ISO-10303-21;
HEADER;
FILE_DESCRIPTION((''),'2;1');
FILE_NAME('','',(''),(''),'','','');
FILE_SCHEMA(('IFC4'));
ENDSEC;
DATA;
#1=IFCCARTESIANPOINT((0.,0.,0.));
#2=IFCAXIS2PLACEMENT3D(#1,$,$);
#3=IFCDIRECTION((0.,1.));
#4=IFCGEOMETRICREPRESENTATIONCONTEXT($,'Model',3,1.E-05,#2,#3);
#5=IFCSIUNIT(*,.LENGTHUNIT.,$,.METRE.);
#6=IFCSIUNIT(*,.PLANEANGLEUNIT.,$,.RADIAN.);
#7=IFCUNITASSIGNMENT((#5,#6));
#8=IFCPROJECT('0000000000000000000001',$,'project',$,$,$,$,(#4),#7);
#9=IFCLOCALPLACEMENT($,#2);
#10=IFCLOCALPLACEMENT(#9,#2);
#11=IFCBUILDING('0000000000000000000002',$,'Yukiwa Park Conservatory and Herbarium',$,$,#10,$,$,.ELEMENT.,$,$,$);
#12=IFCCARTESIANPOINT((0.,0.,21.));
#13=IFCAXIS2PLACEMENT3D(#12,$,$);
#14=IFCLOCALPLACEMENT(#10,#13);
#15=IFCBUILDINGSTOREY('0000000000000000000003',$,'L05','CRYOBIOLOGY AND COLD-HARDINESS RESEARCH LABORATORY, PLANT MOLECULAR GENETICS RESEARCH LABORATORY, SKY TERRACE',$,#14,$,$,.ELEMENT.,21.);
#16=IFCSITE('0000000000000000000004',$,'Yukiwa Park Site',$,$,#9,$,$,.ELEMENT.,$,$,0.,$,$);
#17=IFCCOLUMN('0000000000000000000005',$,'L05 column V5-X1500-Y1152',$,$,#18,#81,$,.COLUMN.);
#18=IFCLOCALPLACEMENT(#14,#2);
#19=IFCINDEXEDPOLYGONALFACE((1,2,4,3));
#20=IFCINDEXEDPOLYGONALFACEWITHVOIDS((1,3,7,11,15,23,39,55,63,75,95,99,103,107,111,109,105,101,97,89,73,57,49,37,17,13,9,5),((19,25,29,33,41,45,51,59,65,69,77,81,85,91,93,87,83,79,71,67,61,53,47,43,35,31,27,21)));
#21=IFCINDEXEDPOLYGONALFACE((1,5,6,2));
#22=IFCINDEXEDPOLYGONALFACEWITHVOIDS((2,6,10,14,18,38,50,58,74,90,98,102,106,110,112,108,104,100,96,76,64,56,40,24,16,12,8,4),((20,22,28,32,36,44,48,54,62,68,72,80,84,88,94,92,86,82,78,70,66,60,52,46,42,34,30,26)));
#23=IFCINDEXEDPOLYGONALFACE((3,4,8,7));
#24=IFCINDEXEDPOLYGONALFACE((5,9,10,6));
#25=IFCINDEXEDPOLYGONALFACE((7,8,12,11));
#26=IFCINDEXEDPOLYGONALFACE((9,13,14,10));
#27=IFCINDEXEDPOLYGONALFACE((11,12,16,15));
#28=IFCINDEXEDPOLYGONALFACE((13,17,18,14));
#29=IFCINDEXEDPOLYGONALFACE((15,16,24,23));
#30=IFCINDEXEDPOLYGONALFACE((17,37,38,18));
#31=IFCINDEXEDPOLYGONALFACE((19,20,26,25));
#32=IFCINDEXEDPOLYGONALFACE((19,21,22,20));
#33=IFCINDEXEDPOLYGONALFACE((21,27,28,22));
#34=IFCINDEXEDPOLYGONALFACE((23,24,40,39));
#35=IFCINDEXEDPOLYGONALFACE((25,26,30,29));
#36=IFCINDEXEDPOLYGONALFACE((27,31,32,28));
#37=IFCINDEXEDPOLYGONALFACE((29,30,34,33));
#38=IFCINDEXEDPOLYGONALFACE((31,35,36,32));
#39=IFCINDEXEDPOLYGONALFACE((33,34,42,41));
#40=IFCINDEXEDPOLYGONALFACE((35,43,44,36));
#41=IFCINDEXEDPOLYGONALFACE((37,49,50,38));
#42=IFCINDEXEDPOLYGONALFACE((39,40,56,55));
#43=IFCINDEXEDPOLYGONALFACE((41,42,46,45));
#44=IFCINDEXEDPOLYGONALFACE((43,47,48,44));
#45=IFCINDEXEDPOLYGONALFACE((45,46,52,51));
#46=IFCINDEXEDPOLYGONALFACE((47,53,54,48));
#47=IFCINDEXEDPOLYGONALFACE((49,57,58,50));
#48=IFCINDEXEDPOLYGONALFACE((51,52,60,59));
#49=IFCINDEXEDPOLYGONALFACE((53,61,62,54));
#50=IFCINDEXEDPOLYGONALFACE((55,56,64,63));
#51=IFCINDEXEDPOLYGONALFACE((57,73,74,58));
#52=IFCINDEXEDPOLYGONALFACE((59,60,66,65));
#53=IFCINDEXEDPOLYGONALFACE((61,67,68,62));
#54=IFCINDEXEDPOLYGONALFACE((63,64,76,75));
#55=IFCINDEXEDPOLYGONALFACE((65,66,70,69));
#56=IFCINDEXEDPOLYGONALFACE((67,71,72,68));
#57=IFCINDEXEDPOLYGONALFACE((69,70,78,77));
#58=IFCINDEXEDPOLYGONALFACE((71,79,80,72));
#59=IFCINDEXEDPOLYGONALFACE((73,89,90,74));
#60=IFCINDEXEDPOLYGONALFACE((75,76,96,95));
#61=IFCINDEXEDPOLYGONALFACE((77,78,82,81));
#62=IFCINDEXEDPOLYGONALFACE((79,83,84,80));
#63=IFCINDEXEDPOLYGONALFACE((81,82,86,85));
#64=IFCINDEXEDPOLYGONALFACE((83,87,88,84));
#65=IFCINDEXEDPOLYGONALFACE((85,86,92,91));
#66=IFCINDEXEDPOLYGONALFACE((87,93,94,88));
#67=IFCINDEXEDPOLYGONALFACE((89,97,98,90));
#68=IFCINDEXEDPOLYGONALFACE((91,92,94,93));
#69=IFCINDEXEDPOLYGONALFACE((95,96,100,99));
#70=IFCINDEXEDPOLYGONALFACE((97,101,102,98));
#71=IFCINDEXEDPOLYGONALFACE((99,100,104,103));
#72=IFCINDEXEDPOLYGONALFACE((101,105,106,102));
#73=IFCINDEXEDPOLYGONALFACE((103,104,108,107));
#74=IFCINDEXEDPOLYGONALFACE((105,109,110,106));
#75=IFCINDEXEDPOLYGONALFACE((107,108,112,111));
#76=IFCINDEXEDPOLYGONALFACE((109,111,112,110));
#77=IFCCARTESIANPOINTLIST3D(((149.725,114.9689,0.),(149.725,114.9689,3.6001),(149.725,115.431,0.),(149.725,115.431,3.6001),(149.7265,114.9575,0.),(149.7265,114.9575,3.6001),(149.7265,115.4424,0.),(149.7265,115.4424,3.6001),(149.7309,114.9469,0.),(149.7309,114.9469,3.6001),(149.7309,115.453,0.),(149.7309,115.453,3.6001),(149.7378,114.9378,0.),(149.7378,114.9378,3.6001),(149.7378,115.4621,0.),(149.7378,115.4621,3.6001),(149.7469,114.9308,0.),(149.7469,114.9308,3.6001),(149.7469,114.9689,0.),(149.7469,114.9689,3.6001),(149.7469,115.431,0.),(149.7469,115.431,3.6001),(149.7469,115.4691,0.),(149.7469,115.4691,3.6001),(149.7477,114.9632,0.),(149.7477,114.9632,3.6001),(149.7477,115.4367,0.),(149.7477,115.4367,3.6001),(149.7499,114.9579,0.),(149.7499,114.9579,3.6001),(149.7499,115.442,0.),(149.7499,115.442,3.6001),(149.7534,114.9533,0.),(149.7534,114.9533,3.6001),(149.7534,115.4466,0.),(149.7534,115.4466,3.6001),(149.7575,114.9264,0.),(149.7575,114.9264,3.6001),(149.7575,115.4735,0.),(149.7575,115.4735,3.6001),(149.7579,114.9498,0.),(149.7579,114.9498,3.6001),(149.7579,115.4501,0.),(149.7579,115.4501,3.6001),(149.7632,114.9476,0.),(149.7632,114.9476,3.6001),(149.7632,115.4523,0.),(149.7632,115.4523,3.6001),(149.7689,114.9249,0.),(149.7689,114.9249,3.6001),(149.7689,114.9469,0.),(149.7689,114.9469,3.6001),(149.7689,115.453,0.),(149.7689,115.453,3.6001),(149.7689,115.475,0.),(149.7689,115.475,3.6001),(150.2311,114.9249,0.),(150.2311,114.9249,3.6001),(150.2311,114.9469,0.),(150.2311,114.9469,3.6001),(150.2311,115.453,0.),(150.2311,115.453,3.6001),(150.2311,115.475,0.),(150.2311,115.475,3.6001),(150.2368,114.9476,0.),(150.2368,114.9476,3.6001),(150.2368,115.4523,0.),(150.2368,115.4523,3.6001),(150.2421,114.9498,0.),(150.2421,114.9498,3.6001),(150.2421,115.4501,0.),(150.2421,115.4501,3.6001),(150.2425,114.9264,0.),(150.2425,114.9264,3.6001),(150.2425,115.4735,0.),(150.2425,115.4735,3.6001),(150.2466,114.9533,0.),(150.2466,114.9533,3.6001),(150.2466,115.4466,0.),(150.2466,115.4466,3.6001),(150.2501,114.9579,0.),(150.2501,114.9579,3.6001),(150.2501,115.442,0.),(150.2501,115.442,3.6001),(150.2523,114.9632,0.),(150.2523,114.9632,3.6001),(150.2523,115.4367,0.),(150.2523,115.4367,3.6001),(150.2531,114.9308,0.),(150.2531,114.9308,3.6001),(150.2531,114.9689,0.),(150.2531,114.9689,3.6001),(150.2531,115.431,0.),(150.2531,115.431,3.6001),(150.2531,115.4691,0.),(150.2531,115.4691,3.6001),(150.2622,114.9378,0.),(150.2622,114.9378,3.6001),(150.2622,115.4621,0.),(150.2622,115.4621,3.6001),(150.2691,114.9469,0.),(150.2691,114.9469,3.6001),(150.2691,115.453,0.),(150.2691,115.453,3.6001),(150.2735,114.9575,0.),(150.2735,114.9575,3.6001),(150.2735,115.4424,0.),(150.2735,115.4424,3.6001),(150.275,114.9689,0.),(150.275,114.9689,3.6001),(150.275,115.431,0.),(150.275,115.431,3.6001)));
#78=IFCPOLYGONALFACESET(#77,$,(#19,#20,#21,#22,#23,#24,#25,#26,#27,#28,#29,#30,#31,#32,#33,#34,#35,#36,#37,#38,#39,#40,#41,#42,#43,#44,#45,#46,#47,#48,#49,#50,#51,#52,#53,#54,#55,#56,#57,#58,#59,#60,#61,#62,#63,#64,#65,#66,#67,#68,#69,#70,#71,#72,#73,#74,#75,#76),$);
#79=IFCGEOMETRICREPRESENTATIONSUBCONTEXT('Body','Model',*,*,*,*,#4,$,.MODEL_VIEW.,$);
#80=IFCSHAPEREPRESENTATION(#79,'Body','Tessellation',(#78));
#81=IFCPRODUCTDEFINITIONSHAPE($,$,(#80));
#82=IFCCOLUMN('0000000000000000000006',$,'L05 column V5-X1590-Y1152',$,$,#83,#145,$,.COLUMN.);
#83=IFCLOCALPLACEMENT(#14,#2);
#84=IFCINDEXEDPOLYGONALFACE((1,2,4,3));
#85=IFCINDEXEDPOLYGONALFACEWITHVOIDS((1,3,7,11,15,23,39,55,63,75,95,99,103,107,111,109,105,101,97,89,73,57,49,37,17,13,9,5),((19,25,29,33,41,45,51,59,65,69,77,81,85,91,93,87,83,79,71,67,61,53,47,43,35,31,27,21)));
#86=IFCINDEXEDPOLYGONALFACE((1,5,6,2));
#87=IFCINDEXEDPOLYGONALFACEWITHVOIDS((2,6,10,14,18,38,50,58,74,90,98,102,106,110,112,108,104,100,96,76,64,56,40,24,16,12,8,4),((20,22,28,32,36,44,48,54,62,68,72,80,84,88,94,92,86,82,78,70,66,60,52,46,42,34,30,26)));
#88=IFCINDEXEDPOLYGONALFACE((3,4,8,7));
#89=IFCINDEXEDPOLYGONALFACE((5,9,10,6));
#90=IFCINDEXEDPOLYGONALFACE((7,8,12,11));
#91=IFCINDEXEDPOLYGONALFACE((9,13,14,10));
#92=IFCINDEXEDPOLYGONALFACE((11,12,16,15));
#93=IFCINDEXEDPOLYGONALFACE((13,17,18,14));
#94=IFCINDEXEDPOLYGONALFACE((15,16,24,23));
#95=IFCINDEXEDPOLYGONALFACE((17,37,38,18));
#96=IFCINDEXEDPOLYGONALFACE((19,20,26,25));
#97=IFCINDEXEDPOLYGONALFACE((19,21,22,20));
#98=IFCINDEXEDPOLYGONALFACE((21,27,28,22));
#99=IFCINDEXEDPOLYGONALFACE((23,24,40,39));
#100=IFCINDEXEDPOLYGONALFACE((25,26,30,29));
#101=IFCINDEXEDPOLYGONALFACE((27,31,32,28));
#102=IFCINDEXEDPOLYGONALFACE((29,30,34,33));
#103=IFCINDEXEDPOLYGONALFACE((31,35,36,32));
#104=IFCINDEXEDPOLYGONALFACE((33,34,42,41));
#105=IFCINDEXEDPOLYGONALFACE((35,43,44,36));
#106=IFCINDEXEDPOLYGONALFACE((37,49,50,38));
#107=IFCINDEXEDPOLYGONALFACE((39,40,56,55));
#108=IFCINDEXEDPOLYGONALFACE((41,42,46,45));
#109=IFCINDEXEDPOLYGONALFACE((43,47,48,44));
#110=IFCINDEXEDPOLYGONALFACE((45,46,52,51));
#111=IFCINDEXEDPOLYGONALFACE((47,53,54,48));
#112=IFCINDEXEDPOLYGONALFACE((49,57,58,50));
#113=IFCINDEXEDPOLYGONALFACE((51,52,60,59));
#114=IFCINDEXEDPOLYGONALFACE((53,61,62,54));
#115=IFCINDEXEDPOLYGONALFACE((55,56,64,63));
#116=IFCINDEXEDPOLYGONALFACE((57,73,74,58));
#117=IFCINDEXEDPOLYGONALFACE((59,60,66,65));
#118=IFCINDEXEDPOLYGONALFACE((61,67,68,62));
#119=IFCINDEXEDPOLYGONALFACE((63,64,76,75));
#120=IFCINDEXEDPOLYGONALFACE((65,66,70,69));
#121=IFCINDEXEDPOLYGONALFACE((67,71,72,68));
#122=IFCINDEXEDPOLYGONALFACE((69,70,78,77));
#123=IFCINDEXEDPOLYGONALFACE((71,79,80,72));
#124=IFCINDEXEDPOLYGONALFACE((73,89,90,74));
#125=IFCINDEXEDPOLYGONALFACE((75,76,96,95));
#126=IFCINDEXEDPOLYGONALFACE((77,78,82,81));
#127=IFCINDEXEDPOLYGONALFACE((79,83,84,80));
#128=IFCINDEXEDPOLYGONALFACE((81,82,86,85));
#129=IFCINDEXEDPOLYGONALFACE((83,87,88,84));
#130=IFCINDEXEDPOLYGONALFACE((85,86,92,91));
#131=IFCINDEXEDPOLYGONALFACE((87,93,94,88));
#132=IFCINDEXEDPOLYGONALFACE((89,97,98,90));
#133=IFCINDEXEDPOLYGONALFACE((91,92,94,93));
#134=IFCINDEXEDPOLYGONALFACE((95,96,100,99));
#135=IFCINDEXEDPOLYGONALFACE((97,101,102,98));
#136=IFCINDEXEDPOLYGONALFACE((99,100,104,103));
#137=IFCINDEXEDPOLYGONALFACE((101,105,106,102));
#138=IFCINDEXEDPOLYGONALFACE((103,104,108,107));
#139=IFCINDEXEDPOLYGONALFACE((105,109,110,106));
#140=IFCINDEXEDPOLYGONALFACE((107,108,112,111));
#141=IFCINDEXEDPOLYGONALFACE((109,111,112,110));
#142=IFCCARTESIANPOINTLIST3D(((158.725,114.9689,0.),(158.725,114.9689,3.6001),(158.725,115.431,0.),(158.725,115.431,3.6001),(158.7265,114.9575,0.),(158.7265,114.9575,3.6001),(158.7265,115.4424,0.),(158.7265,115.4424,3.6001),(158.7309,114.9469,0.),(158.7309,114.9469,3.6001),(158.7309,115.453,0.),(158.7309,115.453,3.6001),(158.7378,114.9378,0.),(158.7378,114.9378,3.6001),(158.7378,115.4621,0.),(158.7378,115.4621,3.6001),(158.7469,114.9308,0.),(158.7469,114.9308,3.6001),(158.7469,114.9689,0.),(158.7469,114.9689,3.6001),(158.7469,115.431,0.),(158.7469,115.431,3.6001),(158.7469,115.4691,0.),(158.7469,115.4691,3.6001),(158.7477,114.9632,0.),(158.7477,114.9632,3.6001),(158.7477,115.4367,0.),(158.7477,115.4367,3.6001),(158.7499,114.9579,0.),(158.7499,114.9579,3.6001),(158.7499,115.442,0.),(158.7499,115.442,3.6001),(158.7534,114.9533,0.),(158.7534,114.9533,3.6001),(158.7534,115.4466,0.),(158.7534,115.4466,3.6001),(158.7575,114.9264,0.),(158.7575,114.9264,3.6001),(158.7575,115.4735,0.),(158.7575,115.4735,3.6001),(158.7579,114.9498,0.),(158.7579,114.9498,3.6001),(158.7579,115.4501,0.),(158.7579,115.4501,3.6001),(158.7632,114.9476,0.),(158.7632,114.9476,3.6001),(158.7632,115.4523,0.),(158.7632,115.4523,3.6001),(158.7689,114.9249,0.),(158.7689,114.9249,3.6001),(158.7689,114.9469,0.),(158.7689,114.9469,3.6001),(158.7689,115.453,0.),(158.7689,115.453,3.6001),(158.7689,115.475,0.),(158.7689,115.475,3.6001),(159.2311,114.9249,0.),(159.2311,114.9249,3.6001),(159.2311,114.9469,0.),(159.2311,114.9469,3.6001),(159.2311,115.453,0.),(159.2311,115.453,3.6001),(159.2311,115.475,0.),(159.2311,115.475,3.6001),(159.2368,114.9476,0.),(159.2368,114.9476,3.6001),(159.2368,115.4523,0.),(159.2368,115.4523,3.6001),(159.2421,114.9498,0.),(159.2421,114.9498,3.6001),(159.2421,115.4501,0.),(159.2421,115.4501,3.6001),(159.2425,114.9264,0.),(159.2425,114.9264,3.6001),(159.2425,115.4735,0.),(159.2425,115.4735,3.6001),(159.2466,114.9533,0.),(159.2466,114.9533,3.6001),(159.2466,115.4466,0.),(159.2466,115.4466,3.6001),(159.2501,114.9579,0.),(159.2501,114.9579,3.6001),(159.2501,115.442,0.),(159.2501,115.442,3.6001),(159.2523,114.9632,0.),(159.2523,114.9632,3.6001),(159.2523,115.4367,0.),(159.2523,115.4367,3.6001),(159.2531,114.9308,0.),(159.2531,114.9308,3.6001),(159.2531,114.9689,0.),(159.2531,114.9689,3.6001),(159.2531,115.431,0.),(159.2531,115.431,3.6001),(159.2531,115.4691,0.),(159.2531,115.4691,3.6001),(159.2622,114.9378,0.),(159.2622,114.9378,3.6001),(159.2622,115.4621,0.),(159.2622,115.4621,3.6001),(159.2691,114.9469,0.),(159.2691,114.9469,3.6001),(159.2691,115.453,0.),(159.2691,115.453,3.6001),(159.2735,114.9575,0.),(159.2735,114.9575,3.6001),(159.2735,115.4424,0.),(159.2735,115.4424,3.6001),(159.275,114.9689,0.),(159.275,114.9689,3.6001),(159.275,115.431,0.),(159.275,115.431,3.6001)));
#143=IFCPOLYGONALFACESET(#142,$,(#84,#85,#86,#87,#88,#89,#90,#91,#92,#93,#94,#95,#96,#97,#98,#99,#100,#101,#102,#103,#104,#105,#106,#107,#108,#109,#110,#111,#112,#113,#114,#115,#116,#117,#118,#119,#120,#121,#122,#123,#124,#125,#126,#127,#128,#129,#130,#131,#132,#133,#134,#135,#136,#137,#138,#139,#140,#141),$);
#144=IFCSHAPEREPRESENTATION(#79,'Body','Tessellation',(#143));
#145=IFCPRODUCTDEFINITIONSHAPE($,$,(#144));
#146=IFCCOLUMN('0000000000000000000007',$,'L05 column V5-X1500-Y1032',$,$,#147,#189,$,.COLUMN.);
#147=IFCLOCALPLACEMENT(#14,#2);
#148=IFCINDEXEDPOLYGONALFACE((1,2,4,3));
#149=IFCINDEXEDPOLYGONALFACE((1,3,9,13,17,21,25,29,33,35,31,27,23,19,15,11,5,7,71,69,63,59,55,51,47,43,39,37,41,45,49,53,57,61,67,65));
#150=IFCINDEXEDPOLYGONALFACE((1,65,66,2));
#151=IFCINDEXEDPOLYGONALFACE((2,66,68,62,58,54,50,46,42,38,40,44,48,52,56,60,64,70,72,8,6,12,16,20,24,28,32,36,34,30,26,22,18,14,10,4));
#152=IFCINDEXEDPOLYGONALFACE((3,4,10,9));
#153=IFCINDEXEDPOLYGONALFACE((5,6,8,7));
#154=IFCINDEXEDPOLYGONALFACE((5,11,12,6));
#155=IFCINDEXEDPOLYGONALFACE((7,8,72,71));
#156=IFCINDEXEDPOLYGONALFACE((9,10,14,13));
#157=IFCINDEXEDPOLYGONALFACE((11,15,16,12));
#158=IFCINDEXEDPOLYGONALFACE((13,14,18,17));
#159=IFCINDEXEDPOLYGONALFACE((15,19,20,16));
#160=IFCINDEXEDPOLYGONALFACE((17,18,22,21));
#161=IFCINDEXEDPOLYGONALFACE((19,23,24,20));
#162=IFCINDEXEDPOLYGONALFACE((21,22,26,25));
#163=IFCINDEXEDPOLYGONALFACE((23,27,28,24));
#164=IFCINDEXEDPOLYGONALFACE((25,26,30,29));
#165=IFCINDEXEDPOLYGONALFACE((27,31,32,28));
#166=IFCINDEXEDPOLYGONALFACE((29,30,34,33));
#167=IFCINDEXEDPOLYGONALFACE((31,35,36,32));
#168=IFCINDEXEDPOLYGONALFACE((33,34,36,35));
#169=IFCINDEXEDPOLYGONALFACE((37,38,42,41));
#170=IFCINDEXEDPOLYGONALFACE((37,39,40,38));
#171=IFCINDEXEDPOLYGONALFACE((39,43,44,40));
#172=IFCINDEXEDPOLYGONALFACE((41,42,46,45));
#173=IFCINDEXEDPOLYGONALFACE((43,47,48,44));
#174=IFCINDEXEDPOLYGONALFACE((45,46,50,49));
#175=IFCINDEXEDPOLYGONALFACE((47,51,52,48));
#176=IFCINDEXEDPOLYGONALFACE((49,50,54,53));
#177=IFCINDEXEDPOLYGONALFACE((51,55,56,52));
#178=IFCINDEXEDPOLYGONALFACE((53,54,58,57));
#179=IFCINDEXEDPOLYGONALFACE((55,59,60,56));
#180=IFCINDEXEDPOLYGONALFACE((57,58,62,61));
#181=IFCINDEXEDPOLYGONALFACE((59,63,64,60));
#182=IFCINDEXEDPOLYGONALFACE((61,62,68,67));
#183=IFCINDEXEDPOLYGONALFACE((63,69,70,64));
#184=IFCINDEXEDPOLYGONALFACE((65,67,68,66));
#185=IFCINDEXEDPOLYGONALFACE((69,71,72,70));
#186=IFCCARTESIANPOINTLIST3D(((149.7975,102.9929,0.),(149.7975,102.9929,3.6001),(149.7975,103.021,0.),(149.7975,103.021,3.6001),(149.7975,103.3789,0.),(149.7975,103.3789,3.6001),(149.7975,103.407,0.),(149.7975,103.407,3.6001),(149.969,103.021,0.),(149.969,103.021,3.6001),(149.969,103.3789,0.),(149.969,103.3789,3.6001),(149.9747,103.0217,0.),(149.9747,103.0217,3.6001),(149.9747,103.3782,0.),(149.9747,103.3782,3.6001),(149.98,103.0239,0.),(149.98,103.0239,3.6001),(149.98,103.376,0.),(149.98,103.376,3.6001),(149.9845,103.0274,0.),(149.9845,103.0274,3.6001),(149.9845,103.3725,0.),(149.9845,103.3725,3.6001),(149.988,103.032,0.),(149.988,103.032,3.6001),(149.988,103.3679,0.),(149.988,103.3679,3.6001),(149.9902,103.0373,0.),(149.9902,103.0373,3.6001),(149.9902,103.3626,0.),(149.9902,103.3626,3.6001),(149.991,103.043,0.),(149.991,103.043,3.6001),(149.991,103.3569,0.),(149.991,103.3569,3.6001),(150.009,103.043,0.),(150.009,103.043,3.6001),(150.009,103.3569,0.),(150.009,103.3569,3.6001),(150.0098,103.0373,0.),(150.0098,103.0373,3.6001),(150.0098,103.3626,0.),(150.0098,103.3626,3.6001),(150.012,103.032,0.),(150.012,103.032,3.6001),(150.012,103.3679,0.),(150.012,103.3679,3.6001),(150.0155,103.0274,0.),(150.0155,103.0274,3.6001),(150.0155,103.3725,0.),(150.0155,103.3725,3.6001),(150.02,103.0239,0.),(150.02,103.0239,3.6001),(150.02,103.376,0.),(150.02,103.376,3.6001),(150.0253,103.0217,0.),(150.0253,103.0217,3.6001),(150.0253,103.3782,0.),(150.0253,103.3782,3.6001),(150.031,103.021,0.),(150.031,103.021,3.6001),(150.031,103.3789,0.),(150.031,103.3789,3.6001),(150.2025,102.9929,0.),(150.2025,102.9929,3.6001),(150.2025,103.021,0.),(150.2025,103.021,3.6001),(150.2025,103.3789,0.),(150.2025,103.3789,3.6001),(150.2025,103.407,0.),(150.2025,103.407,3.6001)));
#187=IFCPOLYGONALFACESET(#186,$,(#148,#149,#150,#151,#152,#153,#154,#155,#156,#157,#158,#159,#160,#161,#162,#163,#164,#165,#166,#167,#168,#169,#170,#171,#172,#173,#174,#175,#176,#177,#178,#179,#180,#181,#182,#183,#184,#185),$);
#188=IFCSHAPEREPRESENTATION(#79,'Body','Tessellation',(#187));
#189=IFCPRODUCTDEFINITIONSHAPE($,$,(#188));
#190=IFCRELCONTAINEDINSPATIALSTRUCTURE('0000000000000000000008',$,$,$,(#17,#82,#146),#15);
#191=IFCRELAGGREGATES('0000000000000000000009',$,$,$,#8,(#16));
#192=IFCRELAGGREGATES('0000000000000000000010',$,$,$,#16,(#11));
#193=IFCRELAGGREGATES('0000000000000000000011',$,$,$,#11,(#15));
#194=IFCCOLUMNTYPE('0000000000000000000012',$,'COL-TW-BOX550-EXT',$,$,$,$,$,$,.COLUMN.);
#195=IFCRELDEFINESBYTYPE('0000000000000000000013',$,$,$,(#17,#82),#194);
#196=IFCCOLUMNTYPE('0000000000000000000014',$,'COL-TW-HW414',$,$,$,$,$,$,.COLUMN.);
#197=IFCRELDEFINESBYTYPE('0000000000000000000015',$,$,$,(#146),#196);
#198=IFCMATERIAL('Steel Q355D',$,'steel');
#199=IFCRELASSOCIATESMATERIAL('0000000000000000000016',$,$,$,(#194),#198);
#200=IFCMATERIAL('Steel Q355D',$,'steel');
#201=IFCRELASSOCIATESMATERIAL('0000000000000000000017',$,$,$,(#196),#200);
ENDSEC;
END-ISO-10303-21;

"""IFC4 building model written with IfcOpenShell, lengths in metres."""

from ifc_helpers import new_model, si_unit, direction, frame, origin, origin_2d, place, context, subcontext, project, spatial, hollow_rectangle, i_section, extrude, material, material_profile, profile_set, type_object, element, save


model = new_model("IFC4")

# Units and contexts
model_context = context("Model", 3, precision=1e-05, world=origin(), true_north=direction((0.0, 1.0)))
body_context = subcontext(model_context, "Body", "Model", "MODEL_VIEW")
ifc_project = project(units=[si_unit("LENGTHUNIT", "METRE"), si_unit("PLANEANGLEUNIT", "RADIAN")], contexts=[model_context])

# Site, building, storey
site_placement = place(None, origin())
site = spatial("IfcSite", under=ifc_project, at=site_placement, Name="Yukiwa Park Site", CompositionType="ELEMENT", RefElevation=0.0)
building_placement = place(site_placement, origin())
building = spatial("IfcBuilding", under=site, at=building_placement, Name="Yukiwa Park Conservatory and Herbarium", CompositionType="ELEMENT")
storey_placement = place(building_placement, frame((0.0, 0.0, 21.0)))
storey = spatial("IfcBuildingStorey", under=building, at=storey_placement, Name="L05", Description="CRYOBIOLOGY AND COLD-HARDINESS RESEARCH LABORATORY, PLANT MOLECULAR GENETICS RESEARCH LABORATORY, SKY TERRACE", CompositionType="ELEMENT", Elevation=21.0)

# Columns
ifc_material_1 = material(Name="Steel Q355D", Category="steel")
ifc_material_profile_1 = material_profile(ifc_material_1, hollow_rectangle(XDim=0.55, YDim=0.55, WallThickness=0.022, InnerFilletRadius=0.022, OuterFilletRadius=0.0439, at=origin_2d()), Name="BOX 550x550x22")
ifc_profile_set_1 = profile_set([ifc_material_profile_1], Name="Steel Q355D")
column_type_1 = type_object("IfcColumnType", Name="COL-TW-BOX550-EXT", PredefinedType="COLUMN", material=ifc_profile_set_1)
for number, where, z_axis, x_axis, name in (
    (1, (150.0, 115.2, 0.0), (0.0, 0.0, 1.0), (1.0, 0.0, 0.0), "L05 column V5-X1500-Y1152"),
    (2, (159.0, 115.2, 0.0), (0.0, 0.0, 1.0), (1.0, 0.0, 0.0), "L05 column V5-X1590-Y1152"),
):
    element("IfcColumn", number, at=place(storey_placement, frame(where, z_axis=z_axis, x_axis=x_axis)), inside=storey, type_object=column_type_1, Name=name, PredefinedType="COLUMN", context=body_context, shape_type="SweptSolid", body=[
        extrude(hollow_rectangle(XDim=0.55, YDim=0.55, WallThickness=0.022, InnerFilletRadius=0.022, OuterFilletRadius=0.0439, at=origin_2d()), origin(), (0.0, 0.0, 1.0), 3.6001),
    ])
ifc_material_2 = material(Name="Steel Q355D", Category="steel")
ifc_material_profile_2 = material_profile(ifc_material_2, i_section(OverallWidth=0.405, OverallDepth=0.4141, WebThickness=0.0181, FlangeThickness=0.0281, FilletRadius=0.022, at=origin_2d()), Name="HW 414x405x18x28")
ifc_profile_set_2 = profile_set([ifc_material_profile_2], Name="Steel Q355D")
column_type_2 = type_object("IfcColumnType", Name="COL-TW-HW414", PredefinedType="COLUMN", material=ifc_profile_set_2)
for number, where, z_axis, x_axis, name in (
    (3, (150.0, 103.2, 0.0), (0.0, 0.0, 1.0), (1.0, 0.0, 0.0), "L05 column V5-X1500-Y1032"),
):
    element("IfcColumn", number, at=place(storey_placement, frame(where, z_axis=z_axis, x_axis=x_axis)), inside=storey, type_object=column_type_2, Name=name, PredefinedType="COLUMN", context=body_context, shape_type="SweptSolid", body=[
        extrude(i_section(OverallWidth=0.405, OverallDepth=0.4141, WebThickness=0.0181, FlangeThickness=0.0281, FilletRadius=0.022, at=origin_2d()), origin(), (0.0, 0.0, 1.0), 3.6001),
    ])

save(model, "model.ifc")
